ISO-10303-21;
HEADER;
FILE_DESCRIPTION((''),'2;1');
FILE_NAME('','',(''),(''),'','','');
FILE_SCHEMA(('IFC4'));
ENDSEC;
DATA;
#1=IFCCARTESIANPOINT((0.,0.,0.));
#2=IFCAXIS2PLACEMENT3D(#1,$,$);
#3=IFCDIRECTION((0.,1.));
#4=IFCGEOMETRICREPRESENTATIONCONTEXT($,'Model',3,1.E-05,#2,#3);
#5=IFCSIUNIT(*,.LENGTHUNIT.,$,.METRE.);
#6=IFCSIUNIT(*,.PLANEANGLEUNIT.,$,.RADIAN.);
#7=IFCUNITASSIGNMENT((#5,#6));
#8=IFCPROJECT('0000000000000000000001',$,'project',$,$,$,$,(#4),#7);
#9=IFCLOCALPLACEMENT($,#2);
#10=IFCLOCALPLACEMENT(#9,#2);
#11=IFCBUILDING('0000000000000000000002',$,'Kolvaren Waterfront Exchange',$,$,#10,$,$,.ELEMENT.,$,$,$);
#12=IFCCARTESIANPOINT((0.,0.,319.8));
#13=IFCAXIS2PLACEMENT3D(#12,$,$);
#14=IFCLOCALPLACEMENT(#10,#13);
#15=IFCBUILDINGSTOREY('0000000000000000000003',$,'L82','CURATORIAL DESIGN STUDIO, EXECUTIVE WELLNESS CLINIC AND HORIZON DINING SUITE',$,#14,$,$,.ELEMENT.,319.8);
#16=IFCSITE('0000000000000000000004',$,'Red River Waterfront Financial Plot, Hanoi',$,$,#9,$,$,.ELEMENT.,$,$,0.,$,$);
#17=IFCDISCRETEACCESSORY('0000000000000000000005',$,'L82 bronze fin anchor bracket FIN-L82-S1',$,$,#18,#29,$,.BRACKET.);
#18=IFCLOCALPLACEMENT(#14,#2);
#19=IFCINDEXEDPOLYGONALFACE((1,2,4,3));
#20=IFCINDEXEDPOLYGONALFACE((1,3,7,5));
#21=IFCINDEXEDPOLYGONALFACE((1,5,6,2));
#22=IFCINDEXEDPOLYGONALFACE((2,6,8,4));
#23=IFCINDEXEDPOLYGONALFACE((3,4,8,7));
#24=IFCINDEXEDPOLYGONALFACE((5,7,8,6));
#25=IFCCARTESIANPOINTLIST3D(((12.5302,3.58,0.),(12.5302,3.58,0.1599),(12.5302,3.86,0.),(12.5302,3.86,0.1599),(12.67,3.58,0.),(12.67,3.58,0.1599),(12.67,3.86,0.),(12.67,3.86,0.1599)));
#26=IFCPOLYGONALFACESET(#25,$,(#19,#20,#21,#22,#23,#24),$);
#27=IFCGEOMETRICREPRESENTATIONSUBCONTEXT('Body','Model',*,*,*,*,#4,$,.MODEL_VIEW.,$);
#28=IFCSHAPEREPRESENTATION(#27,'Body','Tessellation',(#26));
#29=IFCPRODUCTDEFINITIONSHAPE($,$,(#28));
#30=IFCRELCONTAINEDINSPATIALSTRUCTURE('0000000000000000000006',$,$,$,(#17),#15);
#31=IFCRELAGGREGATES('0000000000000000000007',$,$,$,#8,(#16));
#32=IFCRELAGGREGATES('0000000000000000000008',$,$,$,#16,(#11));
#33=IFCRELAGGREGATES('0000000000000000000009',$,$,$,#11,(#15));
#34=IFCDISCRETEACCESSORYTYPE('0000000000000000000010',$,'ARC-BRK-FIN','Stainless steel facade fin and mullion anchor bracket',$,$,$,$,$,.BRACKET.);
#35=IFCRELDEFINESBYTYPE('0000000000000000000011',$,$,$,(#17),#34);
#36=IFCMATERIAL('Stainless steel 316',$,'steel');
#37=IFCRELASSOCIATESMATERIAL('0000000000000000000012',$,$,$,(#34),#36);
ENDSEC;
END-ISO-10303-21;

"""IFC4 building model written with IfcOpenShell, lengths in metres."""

from ifc_helpers import new_model, si_unit, direction, frame, origin, origin_with_axes, origin_2d, place, context, subcontext, project, spatial, rectangle, extrude, source, transform, mapped, material, type_object, element, save


model = new_model("IFC4")

# Units and contexts
model_context = context("Model", 3, precision=1e-05, world=origin(), true_north=direction((0.0, 1.0)))
body_context = subcontext(model_context, "Body", "Model", "MODEL_VIEW")
ifc_project = project(units=[si_unit("LENGTHUNIT", "METRE"), si_unit("PLANEANGLEUNIT", "RADIAN")], contexts=[model_context])

# Site, building, storey
site_placement = place(None, origin())
site = spatial("IfcSite", under=ifc_project, at=site_placement, Name="Red River Waterfront Financial Plot, Hanoi", CompositionType="ELEMENT", RefElevation=0.0)
building_placement = place(site_placement, origin())
building = spatial("IfcBuilding", under=site, at=building_placement, Name="Kolvaren Waterfront Exchange", CompositionType="ELEMENT")
storey_placement = place(building_placement, frame((0.0, 0.0, 319.8)))
storey = spatial("IfcBuildingStorey", under=building, at=storey_placement, Name="L82", Description="CURATORIAL DESIGN STUDIO, EXECUTIVE WELLNESS CLINIC AND HORIZON DINING SUITE", CompositionType="ELEMENT", Elevation=319.8)

# Discrete accessory
ifc_material_1 = material(Name="Stainless steel 316", Category="steel")
discrete_accessory_type = type_object("IfcDiscreteAccessoryType", Name="ARC-BRK-FIN", Description="Stainless steel facade fin and mullion anchor bracket", PredefinedType="BRACKET", material=ifc_material_1)
shared_shape_1 = source(origin_with_axes(), body_context, "Body", "SweptSolid", [
    extrude(rectangle(XDim=0.28, YDim=0.1399, at=origin_2d()), origin(), (0.0, 0.0, 1.0), 0.1599),
])
discrete_accessory_placement = place(storey_placement, frame((12.6001, 3.72, 0.0), z_axis=(0.0, 0.0, 1.0), x_axis=(0.0, -1.0, 0.0)))
element("IfcDiscreteAccessory", 1, at=discrete_accessory_placement, inside=storey, type_object=discrete_accessory_type, Name="L82 bronze fin anchor bracket FIN-L82-S1", PredefinedType="BRACKET", context=body_context, shape_type="MappedRepresentation", body=[
    mapped(shared_shape_1, transform((0.0, 0.0, 0.0), x_axis=(1.0, 0.0, 0.0), y_axis=(0.0, 1.0, 0.0), z_axis=(0.0, 0.0, 1.0), scale=1.0)),
])

save(model, "model.ifc")
